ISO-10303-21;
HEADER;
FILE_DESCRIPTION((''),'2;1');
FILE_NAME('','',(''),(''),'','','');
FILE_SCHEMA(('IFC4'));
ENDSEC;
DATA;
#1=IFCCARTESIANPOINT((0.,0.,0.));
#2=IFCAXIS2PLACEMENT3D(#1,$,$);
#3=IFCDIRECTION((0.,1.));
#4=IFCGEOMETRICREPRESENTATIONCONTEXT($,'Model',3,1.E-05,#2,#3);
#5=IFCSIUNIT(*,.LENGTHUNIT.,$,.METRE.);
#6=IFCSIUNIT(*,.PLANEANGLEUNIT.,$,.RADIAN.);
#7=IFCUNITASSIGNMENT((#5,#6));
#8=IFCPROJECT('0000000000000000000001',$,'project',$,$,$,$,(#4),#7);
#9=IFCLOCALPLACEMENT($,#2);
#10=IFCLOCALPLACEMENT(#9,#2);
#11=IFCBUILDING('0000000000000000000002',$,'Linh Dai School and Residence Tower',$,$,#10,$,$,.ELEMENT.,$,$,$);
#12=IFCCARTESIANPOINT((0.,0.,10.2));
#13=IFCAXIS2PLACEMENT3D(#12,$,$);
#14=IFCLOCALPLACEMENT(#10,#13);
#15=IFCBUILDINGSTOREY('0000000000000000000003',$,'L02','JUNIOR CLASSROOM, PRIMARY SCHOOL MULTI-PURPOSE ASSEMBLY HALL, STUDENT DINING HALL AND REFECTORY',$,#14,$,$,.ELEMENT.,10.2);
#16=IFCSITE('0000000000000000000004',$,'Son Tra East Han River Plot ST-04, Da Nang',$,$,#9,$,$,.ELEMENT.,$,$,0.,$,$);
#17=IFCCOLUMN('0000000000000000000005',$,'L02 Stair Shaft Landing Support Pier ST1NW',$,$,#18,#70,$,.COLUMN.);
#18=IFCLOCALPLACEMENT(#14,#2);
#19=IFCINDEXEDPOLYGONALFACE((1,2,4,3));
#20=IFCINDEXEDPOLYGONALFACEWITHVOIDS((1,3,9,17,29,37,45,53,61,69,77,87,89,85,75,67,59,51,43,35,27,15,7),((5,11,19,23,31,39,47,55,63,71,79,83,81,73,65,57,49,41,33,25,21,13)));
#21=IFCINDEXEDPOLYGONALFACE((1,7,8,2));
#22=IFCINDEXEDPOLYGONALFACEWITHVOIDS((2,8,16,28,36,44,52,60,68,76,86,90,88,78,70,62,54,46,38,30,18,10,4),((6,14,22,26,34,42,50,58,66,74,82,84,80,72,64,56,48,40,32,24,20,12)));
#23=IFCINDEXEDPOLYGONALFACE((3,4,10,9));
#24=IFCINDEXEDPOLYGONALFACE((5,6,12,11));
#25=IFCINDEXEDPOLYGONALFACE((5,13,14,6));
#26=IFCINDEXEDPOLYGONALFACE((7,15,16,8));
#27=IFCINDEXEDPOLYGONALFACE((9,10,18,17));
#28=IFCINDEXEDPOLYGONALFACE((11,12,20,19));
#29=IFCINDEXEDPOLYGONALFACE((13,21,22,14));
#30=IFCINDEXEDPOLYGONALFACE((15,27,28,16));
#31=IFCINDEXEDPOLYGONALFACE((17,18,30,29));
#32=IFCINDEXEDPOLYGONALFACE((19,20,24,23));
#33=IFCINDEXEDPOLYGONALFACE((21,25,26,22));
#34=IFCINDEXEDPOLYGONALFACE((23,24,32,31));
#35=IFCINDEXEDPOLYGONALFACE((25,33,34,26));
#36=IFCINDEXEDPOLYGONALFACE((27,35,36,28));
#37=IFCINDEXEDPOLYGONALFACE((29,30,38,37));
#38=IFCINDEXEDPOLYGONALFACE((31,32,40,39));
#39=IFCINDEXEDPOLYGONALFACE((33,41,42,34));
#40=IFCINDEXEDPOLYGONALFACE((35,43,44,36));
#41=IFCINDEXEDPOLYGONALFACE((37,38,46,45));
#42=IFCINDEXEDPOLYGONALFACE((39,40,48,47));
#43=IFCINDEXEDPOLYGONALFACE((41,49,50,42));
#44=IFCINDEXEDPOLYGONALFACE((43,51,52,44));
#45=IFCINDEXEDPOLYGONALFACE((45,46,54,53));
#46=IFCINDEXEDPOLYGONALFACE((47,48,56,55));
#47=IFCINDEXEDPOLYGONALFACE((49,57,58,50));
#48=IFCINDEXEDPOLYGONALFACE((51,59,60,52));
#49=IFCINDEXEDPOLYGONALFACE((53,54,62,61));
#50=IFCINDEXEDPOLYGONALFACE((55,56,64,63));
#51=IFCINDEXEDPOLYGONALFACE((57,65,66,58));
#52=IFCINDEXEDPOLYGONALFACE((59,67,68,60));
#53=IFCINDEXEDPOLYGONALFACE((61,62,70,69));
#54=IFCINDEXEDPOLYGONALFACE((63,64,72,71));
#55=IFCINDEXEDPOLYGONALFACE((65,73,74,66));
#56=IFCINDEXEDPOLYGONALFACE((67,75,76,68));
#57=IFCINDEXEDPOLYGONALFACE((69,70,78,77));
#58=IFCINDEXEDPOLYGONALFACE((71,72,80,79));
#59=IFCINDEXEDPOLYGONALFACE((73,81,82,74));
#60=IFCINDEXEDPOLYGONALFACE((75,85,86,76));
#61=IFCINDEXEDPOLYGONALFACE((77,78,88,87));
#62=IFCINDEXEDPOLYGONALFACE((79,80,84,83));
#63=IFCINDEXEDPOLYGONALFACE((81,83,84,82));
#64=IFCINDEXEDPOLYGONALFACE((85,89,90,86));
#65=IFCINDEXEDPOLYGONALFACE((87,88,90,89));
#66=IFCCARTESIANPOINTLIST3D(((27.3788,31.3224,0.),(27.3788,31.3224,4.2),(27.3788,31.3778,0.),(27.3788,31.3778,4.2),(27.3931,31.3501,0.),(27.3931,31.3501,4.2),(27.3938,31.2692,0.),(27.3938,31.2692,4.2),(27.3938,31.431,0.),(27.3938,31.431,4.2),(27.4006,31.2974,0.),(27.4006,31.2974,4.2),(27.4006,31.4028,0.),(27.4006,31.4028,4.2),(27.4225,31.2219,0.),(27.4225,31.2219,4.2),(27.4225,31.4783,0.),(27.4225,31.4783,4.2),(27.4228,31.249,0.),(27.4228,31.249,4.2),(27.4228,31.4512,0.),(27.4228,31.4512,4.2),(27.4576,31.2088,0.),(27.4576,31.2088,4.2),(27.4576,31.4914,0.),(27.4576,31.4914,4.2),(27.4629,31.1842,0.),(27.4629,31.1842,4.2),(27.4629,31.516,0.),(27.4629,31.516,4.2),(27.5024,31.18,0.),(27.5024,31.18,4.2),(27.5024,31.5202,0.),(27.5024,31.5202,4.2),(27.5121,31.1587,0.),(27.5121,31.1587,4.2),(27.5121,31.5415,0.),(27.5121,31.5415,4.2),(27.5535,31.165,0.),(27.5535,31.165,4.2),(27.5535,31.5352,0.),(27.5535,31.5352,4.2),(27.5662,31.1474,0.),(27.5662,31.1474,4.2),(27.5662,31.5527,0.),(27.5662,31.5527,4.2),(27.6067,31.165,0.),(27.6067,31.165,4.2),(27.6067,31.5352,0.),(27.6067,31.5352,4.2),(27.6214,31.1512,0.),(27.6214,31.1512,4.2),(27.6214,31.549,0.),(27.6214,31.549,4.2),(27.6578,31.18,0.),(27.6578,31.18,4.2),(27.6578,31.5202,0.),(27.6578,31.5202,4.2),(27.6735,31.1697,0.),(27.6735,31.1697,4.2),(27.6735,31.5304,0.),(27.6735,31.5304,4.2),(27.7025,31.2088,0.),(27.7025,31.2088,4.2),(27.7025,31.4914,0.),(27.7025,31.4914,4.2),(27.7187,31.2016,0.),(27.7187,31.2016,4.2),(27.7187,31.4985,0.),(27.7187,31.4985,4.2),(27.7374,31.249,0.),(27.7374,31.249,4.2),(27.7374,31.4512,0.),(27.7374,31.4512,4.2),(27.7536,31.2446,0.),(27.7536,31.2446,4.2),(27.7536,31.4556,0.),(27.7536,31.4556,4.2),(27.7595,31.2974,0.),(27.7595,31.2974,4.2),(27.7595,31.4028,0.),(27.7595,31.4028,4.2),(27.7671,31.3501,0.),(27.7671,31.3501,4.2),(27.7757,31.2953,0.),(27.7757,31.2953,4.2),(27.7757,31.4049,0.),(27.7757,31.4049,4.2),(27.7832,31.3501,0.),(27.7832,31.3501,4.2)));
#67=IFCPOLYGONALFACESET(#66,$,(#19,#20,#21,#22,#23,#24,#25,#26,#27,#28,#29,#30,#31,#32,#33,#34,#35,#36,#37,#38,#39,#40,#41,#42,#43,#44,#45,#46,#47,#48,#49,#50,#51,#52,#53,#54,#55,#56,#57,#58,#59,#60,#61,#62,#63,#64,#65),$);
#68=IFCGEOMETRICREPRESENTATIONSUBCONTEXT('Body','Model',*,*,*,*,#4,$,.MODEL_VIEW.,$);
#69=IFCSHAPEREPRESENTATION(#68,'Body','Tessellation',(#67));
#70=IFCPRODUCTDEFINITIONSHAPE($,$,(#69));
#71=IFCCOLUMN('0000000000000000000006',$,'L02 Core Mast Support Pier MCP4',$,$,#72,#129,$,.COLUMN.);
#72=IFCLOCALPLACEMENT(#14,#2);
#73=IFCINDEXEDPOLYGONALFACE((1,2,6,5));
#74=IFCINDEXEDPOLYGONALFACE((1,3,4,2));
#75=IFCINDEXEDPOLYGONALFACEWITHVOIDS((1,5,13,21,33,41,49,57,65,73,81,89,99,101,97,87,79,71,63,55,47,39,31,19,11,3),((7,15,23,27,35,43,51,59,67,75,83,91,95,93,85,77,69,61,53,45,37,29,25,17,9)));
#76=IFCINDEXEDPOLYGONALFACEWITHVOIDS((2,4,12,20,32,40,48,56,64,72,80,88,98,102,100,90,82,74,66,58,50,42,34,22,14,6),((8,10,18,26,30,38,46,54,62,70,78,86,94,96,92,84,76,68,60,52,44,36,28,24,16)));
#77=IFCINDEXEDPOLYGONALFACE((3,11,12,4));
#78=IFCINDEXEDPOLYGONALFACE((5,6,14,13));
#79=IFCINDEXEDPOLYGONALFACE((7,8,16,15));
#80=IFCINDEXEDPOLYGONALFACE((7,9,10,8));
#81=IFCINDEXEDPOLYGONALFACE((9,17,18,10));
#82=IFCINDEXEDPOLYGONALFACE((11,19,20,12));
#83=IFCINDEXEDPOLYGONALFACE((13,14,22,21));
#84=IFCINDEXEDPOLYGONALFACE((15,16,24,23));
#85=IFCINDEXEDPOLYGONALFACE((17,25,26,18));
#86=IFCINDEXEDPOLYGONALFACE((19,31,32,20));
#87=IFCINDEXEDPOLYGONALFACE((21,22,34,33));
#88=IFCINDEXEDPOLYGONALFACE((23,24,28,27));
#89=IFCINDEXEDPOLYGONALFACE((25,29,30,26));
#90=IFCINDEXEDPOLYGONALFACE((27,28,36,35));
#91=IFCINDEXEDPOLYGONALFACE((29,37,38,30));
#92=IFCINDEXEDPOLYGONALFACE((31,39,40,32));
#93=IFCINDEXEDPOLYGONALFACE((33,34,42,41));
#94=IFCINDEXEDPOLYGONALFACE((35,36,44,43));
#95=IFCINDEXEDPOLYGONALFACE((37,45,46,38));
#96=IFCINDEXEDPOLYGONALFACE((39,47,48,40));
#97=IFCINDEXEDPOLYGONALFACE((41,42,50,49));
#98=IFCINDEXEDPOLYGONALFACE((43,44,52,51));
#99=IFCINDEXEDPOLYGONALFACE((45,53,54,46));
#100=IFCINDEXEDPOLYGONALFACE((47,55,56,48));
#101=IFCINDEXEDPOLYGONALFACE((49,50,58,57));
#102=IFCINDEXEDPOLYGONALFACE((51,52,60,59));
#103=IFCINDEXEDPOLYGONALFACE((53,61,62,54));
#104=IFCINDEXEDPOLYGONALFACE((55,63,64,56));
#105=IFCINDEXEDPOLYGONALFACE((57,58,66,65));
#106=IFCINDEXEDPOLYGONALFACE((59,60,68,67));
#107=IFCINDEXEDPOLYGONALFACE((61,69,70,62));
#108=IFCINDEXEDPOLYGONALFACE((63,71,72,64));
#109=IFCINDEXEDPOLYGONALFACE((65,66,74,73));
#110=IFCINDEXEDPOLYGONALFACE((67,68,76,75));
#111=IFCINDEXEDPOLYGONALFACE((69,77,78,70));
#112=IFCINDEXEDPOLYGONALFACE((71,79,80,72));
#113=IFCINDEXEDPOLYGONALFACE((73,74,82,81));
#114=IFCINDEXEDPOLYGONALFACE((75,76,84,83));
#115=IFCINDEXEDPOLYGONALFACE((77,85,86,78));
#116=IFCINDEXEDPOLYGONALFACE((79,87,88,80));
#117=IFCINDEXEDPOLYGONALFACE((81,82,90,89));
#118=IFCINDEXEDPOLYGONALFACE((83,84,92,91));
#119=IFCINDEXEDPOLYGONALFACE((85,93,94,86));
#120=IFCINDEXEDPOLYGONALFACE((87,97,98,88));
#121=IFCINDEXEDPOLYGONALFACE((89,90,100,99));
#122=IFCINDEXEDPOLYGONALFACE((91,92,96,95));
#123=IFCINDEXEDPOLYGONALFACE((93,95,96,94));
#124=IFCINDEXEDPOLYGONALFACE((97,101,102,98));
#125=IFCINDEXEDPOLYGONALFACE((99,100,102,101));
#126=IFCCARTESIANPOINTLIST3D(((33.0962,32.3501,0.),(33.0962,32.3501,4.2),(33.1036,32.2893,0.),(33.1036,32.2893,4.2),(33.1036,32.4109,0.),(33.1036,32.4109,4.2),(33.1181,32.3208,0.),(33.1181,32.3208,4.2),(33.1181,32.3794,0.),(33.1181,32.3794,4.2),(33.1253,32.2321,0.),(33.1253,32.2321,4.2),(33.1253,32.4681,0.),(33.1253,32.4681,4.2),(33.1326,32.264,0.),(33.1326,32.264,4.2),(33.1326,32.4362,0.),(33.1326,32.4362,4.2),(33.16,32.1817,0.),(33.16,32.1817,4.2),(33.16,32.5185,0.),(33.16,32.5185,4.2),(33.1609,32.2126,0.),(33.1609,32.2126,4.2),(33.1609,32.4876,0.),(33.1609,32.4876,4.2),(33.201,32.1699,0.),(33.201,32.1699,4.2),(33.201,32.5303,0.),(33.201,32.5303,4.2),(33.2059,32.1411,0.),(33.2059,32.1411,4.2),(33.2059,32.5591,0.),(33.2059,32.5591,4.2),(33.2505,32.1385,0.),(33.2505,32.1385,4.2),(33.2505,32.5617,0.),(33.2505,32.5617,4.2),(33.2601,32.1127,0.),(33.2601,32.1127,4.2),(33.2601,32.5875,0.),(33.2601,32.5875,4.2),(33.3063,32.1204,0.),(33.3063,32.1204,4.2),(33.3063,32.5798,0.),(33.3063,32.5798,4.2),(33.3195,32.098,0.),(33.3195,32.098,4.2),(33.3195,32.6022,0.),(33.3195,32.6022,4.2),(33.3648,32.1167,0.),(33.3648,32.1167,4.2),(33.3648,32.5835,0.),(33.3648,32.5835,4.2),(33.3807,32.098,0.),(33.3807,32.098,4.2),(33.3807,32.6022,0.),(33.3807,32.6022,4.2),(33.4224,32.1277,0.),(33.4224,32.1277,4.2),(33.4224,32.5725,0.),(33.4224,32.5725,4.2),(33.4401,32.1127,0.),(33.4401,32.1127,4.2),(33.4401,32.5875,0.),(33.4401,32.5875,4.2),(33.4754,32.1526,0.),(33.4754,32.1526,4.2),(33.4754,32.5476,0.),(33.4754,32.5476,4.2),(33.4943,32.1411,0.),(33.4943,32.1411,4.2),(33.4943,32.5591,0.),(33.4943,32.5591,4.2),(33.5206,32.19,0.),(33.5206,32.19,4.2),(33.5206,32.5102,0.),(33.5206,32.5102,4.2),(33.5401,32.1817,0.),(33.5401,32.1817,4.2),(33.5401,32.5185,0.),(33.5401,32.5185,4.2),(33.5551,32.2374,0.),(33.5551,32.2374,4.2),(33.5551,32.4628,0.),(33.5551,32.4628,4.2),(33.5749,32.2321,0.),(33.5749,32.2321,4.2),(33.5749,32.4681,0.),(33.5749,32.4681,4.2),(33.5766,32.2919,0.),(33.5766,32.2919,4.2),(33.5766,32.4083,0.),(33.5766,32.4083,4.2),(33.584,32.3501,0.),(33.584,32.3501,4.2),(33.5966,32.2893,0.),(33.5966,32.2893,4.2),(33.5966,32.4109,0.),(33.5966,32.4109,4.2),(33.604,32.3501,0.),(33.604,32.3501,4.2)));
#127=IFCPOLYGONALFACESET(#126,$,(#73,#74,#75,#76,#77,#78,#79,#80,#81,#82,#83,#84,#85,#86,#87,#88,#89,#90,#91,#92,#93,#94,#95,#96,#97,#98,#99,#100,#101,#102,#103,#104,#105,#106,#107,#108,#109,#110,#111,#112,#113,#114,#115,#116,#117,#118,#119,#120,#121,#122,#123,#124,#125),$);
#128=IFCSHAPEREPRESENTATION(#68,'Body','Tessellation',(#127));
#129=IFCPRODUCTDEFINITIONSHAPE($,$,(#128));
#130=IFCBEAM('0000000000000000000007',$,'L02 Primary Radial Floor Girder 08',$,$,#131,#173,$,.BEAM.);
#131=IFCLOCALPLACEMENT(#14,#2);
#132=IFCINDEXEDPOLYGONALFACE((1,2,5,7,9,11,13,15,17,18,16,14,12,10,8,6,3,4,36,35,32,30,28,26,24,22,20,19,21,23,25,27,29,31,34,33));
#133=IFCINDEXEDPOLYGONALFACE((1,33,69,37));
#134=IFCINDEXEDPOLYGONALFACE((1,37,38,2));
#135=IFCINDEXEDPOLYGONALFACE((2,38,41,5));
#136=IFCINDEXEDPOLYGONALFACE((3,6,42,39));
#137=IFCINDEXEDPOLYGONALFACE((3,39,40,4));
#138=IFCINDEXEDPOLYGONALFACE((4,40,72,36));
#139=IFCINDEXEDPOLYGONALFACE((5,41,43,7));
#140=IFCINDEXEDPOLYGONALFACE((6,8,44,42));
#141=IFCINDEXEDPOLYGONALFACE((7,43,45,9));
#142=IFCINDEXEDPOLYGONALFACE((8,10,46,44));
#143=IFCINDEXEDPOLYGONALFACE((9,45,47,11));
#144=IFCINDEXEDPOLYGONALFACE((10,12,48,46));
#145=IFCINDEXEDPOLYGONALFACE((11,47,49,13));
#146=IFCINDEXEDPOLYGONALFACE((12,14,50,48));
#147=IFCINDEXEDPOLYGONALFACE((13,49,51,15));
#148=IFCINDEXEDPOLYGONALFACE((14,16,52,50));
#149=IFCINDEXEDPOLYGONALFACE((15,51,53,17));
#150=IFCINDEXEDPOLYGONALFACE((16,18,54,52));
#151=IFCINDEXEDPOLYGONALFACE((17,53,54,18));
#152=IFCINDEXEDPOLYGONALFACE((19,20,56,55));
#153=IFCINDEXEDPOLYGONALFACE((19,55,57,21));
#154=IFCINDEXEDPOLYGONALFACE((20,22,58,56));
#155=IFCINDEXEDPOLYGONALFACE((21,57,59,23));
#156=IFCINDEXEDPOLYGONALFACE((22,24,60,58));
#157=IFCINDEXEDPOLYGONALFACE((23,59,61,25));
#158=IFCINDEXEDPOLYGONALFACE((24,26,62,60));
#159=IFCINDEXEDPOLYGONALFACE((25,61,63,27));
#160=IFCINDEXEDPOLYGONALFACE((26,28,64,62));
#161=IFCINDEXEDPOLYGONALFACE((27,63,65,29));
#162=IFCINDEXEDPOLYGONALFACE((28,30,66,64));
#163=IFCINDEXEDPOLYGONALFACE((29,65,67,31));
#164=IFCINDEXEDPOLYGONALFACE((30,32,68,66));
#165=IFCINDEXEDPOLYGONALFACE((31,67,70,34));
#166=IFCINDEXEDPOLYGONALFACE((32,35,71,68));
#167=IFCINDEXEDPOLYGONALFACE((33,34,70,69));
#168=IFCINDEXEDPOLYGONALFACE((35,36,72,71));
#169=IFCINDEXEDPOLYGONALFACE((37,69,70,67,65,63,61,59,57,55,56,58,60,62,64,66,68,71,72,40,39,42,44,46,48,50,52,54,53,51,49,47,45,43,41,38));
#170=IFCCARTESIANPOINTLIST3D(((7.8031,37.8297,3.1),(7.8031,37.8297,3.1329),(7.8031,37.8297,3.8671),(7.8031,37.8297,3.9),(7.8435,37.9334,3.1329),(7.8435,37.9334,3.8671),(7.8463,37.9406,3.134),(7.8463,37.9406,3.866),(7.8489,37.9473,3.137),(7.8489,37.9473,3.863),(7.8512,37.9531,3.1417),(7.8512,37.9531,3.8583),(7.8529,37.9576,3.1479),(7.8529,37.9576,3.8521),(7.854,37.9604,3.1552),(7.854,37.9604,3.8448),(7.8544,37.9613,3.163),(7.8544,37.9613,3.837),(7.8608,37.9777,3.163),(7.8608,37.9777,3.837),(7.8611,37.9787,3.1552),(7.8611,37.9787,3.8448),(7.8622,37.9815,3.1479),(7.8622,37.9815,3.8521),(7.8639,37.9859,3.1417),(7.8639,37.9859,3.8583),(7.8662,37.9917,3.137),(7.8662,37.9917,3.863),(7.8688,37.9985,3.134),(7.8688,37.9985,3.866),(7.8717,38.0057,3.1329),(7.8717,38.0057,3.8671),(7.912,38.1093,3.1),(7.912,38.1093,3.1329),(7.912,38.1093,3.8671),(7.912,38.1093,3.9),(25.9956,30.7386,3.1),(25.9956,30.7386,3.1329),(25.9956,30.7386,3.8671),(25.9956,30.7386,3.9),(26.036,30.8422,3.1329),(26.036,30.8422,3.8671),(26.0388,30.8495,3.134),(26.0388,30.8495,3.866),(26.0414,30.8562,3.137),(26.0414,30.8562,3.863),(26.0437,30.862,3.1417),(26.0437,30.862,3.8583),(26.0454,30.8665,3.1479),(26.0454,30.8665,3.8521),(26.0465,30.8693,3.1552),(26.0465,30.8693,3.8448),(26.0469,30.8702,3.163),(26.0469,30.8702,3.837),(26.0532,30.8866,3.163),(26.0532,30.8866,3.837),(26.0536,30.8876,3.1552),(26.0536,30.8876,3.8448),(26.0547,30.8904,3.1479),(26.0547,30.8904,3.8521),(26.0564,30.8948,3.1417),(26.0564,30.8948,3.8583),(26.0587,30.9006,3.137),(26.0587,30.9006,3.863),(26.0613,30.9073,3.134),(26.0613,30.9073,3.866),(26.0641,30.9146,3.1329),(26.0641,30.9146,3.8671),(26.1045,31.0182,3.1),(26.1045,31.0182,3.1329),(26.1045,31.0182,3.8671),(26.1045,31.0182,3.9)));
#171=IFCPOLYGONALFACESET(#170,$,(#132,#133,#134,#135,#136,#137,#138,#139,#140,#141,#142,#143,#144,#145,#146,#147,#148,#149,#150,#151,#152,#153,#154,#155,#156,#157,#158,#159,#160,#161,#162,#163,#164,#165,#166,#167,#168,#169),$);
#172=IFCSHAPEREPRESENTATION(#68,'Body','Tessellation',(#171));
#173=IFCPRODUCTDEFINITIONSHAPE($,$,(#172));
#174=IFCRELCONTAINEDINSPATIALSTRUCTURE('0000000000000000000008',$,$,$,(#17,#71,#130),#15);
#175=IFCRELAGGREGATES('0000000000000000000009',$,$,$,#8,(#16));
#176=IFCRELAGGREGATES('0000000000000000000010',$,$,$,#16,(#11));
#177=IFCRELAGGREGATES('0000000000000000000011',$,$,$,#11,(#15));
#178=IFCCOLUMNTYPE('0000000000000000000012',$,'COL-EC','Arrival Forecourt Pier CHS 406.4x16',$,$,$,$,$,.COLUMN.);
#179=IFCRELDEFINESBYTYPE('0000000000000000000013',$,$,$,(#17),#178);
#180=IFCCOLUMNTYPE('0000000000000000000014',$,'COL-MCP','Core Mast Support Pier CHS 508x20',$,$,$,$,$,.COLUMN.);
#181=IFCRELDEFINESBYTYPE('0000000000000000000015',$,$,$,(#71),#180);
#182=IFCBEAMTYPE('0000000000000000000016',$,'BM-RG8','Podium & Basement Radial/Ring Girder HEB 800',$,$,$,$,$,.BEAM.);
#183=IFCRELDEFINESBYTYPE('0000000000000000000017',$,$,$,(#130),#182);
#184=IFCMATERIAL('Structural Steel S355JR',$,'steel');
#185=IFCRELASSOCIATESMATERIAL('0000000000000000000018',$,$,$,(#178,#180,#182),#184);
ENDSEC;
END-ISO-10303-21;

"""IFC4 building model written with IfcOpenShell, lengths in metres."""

from ifc_helpers import new_model, si_unit, direction, frame, origin, origin_2d, place, context, subcontext, project, spatial, hollow_circle, i_section, extrude, material, material_profile, profile_set, type_object, element, save


model = new_model("IFC4")

# Units and contexts
model_context = context("Model", 3, precision=1e-05, world=origin(), true_north=direction((0.0, 1.0)))
body_context = subcontext(model_context, "Body", "Model", "MODEL_VIEW")
ifc_project = project(units=[si_unit("LENGTHUNIT", "METRE"), si_unit("PLANEANGLEUNIT", "RADIAN")], contexts=[model_context])

# Site, building, storey
site_placement = place(None, origin())
site = spatial("IfcSite", under=ifc_project, at=site_placement, Name="Son Tra East Han River Plot ST-04, Da Nang", CompositionType="ELEMENT", RefElevation=0.0)
building_placement = place(site_placement, origin())
building = spatial("IfcBuilding", under=site, at=building_placement, Name="Linh Dai School and Residence Tower", CompositionType="ELEMENT")
storey_placement = place(building_placement, frame((0.0, 0.0, 10.2)))
storey = spatial("IfcBuildingStorey", under=building, at=storey_placement, Name="L02", Description="JUNIOR CLASSROOM, PRIMARY SCHOOL MULTI-PURPOSE ASSEMBLY HALL, STUDENT DINING HALL AND REFECTORY", CompositionType="ELEMENT", Elevation=10.2)

# Columns
ifc_material_1 = material(Name="Structural Steel S355JR", Category="steel")
ifc_material_profile_1 = material_profile(ifc_material_1, hollow_circle(Radius=0.2031, WallThickness=0.0161, at=origin_2d()), Name="CHS 406.4x16")
ifc_profile_set_1 = profile_set([ifc_material_profile_1], Name="Structural Steel S355JR")
column_type_1 = type_object("IfcColumnType", Name="COL-EC", Description="Arrival Forecourt Pier CHS 406.4x16", PredefinedType="COLUMN", material=ifc_profile_set_1)
column_1_placement = place(storey_placement, frame((27.5801, 31.3501, 0.0), z_axis=(0.0, 0.0, 1.0), x_axis=(1.0, 0.0, 0.0)))
element("IfcColumn", 1, at=column_1_placement, inside=storey, type_object=column_type_1, Name="L02 Stair Shaft Landing Support Pier ST1NW", PredefinedType="COLUMN", context=body_context, shape_type="SweptSolid", body=[
    extrude(hollow_circle(Radius=0.2031, WallThickness=0.0161, at=origin_2d()), origin(), (0.0, 0.0, 1.0), 4.2),
])
ifc_material_profile_2 = material_profile(ifc_material_1, hollow_circle(Radius=0.2539, WallThickness=0.02, at=origin_2d()), Name="CHS 508x20")
ifc_profile_set_2 = profile_set([ifc_material_profile_2], Name="Structural Steel S355JR")
column_type_2 = type_object("IfcColumnType", Name="COL-MCP", Description="Core Mast Support Pier CHS 508x20", PredefinedType="COLUMN", material=ifc_profile_set_2)
column_2_placement = place(storey_placement, frame((33.3501, 32.3501, 0.0), z_axis=(0.0, 0.0, 1.0), x_axis=(1.0, 0.0, 0.0)))
element("IfcColumn", 2, at=column_2_placement, inside=storey, type_object=column_type_2, Name="L02 Core Mast Support Pier MCP4", PredefinedType="COLUMN", context=body_context, shape_type="SweptSolid", body=[
    extrude(hollow_circle(Radius=0.2539, WallThickness=0.02, at=origin_2d()), origin(), (0.0, 0.0, 1.0), 4.2),
])

# Beam
ifc_material_profile_3 = material_profile(ifc_material_1, i_section(OverallWidth=0.3, OverallDepth=0.8, WebThickness=0.0176, FlangeThickness=0.033, FilletRadius=0.03, at=origin_2d()), Name="HEB 800")
ifc_profile_set_3 = profile_set([ifc_material_profile_3], Name="Structural Steel S355JR")
beam_type_1 = type_object("IfcBeamType", Name="BM-RG8", Description="Podium & Basement Radial/Ring Girder HEB 800", PredefinedType="BEAM", material=ifc_profile_set_3)
beam_1_placement = place(storey_placement, frame((26.05, 30.8784, 3.5), z_axis=(-0.931723, 0.363169, 0.0), x_axis=(-0.363169, -0.931723, 0.0)))
element("IfcBeam", 3, at=beam_1_placement, inside=storey, type_object=beam_type_1, Name="L02 Primary Radial Floor Girder 08", PredefinedType="BEAM", context=body_context, shape_type="SweptSolid", body=[
    extrude(i_section(OverallWidth=0.3, OverallDepth=0.8, WebThickness=0.0176, FlangeThickness=0.033, FilletRadius=0.03, at=origin_2d()), origin(), (0.0, 0.0, 1.0), 19.5256),
])

save(model, "model.ifc")
